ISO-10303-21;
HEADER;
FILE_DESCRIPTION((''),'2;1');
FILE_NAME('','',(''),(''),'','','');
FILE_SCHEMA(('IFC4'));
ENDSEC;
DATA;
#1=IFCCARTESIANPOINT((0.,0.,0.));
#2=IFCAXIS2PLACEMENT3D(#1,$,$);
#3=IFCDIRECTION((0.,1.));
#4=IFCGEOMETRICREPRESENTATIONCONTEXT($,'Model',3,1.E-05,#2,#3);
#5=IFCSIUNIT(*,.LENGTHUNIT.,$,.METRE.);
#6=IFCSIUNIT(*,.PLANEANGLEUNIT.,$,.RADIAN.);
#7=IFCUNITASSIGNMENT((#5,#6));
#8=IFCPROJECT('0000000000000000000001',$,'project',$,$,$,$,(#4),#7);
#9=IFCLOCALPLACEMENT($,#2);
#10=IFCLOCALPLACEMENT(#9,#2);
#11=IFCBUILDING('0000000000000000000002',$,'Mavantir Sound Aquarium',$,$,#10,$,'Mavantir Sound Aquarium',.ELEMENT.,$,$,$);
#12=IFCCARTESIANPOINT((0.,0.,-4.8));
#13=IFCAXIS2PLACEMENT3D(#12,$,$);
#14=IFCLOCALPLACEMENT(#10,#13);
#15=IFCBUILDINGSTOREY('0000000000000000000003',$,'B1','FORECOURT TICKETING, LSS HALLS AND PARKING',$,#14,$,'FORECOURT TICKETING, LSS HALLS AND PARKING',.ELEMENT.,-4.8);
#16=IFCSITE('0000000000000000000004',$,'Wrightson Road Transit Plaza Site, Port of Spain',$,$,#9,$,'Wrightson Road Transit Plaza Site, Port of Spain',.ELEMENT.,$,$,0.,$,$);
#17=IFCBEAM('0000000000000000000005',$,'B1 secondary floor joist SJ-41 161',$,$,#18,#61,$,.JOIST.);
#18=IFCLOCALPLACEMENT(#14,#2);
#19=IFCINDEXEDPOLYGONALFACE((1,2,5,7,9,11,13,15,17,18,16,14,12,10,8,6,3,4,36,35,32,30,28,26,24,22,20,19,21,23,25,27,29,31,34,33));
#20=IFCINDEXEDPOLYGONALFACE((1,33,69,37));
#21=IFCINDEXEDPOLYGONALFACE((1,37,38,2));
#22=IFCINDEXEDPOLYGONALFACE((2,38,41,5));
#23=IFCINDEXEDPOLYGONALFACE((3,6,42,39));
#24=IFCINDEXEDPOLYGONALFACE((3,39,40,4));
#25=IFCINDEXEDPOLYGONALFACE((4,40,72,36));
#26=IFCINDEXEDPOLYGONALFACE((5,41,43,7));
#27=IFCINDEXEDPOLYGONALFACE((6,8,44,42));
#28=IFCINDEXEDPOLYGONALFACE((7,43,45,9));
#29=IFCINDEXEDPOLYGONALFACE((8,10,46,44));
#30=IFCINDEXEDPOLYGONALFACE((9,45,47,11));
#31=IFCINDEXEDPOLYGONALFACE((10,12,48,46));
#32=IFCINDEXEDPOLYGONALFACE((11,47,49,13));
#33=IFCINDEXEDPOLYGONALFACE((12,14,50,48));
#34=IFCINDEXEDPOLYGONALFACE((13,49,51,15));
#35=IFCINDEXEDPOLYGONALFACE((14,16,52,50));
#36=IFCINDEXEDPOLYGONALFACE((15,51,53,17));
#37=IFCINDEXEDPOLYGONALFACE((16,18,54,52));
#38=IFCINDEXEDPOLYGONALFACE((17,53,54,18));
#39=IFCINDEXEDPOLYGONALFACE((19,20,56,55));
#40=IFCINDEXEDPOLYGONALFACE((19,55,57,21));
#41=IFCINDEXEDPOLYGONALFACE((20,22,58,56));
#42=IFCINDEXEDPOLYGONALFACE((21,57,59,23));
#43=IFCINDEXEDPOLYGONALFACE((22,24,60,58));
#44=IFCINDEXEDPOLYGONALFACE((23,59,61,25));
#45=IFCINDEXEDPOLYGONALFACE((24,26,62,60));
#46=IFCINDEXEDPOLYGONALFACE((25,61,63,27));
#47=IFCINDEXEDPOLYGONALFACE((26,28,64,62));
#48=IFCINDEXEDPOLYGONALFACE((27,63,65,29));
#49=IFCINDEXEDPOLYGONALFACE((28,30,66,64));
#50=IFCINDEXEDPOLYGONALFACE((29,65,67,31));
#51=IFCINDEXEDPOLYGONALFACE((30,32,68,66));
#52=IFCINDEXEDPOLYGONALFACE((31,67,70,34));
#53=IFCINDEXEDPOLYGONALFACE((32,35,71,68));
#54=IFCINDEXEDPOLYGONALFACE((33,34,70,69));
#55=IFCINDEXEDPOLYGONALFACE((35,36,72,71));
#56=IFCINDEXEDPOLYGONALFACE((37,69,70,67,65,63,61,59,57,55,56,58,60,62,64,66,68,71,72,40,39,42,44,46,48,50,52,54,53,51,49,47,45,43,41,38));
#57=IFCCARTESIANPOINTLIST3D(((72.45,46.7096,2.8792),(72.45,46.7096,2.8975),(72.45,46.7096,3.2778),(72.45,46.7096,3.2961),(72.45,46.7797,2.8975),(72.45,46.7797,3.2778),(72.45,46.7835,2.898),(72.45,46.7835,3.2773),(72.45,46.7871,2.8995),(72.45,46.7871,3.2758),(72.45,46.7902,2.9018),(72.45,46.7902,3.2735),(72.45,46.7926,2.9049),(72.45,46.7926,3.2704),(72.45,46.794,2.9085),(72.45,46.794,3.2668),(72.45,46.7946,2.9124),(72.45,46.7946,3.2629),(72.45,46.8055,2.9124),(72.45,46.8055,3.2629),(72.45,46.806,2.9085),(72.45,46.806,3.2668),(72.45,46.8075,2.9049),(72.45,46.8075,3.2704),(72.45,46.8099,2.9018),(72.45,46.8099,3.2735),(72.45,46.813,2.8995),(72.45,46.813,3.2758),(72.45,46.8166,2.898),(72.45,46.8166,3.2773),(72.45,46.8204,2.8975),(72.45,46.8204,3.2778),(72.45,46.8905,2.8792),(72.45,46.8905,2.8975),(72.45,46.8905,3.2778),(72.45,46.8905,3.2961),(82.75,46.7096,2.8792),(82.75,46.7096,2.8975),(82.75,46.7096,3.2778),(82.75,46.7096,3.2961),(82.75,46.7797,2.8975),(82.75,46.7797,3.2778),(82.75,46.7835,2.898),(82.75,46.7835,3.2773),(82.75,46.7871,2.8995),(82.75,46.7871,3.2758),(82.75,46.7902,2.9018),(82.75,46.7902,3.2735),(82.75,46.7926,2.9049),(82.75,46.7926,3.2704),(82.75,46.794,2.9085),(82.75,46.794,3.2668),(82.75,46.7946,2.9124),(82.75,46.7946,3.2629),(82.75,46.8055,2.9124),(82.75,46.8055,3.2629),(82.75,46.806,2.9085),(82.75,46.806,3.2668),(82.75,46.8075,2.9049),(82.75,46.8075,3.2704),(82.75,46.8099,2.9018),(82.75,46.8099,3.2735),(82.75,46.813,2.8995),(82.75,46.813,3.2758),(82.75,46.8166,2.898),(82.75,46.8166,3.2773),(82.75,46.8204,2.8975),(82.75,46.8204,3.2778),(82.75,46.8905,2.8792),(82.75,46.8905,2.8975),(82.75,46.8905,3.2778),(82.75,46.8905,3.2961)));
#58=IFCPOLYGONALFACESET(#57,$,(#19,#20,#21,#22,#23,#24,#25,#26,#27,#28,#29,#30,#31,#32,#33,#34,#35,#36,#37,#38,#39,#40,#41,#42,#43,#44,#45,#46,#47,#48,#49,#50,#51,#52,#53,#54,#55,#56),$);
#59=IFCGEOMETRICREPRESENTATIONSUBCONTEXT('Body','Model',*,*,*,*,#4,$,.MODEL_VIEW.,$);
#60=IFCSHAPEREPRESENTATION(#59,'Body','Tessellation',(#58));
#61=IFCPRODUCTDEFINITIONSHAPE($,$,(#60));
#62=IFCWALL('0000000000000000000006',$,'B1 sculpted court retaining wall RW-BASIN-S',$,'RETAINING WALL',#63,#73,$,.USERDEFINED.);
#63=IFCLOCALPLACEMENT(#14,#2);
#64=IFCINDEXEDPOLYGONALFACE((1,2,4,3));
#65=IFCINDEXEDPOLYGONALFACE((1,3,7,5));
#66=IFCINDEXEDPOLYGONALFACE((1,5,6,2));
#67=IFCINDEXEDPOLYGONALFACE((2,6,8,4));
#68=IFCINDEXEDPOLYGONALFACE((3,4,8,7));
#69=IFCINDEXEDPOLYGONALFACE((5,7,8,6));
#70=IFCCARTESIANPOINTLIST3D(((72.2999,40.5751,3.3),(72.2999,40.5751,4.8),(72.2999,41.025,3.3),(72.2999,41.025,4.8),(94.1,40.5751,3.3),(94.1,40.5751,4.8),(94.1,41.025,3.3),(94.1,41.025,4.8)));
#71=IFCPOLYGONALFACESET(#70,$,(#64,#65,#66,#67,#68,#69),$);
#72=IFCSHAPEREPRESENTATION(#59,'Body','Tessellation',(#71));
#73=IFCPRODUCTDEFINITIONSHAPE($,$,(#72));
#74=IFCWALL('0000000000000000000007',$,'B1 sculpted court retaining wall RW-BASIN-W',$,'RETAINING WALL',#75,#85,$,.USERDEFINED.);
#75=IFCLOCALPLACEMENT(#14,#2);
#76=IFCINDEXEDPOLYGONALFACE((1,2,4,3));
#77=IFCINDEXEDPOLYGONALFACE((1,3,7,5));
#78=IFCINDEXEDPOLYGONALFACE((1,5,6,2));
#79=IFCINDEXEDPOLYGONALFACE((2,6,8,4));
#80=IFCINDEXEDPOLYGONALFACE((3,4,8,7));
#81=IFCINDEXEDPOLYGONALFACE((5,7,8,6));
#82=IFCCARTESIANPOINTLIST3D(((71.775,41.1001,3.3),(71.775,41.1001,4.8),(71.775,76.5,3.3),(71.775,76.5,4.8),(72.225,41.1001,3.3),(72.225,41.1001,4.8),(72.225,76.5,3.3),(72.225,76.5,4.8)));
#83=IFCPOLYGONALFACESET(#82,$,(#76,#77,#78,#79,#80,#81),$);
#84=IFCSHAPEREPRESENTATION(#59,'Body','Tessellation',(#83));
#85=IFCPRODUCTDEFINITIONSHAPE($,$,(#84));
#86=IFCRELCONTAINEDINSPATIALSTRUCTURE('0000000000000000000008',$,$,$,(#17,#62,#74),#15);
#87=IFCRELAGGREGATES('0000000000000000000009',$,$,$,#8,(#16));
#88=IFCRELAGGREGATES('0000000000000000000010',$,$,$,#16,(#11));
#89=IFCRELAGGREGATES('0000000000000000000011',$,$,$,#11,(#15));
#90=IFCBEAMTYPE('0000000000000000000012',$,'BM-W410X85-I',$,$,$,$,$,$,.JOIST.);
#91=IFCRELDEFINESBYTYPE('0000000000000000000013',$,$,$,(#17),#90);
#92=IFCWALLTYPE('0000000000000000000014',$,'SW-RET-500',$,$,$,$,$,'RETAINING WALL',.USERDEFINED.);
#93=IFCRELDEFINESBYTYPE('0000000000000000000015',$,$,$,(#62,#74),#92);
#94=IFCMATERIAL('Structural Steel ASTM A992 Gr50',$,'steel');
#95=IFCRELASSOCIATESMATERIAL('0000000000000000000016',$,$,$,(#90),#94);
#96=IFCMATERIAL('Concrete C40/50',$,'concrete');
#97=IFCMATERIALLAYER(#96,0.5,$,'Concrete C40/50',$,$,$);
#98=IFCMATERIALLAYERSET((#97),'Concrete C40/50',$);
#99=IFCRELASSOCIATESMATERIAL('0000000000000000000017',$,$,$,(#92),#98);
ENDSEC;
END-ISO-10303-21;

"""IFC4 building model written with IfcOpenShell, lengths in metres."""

from ifc_helpers import new_model, si_unit, direction, frame, frame_2d, origin, origin_2d, place, context, subcontext, project, spatial, rectangle, i_section, extrude, material, layer, layer_set, material_profile, profile_set, type_object, element, save


model = new_model("IFC4")

# Units and contexts
model_context = context("Model", 3, precision=1e-05, world=origin(), true_north=direction((0.0, 1.0)))
body_context = subcontext(model_context, "Body", "Model", "MODEL_VIEW")
ifc_project = project(units=[si_unit("LENGTHUNIT", "METRE"), si_unit("PLANEANGLEUNIT", "RADIAN")], contexts=[model_context])

# Site, building, storey
site_placement = place(None, origin())
site = spatial("IfcSite", under=ifc_project, at=site_placement, Name="Wrightson Road Transit Plaza Site, Port of Spain", LongName="Wrightson Road Transit Plaza Site, Port of Spain", CompositionType="ELEMENT", RefElevation=0.0)
building_placement = place(site_placement, origin())
building = spatial("IfcBuilding", under=site, at=building_placement, Name="Mavantir Sound Aquarium", LongName="Mavantir Sound Aquarium", CompositionType="ELEMENT")
storey_placement = place(building_placement, frame((0.0, 0.0, -4.8)))
storey = spatial("IfcBuildingStorey", under=building, at=storey_placement, Name="B1", Description="FORECOURT TICKETING, LSS HALLS AND PARKING", LongName="FORECOURT TICKETING, LSS HALLS AND PARKING", CompositionType="ELEMENT", Elevation=-4.8)

# Shared definitions
ifc_material_1 = material(Name="Concrete C40/50", Category="concrete")

# Beam
ifc_material_2 = material(Name="Structural Steel ASTM A992 Gr50", Category="steel")
ifc_material_profile_1 = material_profile(ifc_material_2, i_section(OverallWidth=0.1809, OverallDepth=0.417, WebThickness=0.011, FlangeThickness=0.0183, FilletRadius=0.0149, at=origin_2d()), Name="W410X85")
ifc_profile_set_1 = profile_set([ifc_material_profile_1], Name="Structural Steel ASTM A992 Gr50")
beam_type_1 = type_object("IfcBeamType", Name="BM-W410X85-I", PredefinedType="JOIST", material=ifc_profile_set_1)
beam_1_placement = place(storey_placement, frame((72.45, 46.8, 3.0876), z_axis=(1.0, 0.0, 0.0), x_axis=(0.0, 1.0, 0.0)))
element("IfcBeam", 1, at=beam_1_placement, inside=storey, type_object=beam_type_1, Name="B1 secondary floor joist SJ-41 161", PredefinedType="JOIST", context=body_context, shape_type="SweptSolid", body=[
    extrude(i_section(OverallWidth=0.1809, OverallDepth=0.417, WebThickness=0.011, FlangeThickness=0.0183, FilletRadius=0.0149, at=origin_2d()), origin(), (0.0, 0.0, 1.0), 10.3),
])

# Walls
ifc_layer = layer(ifc_material_1, 0.5, Name="Concrete C40/50")
ifc_layer_set = layer_set([ifc_layer], Name="Concrete C40/50")
wall_type = type_object("IfcWallType", Name="SW-RET-500", ElementType="RETAINING WALL", PredefinedType="USERDEFINED", material=ifc_layer_set)
wall_1_placement = place(storey_placement, frame((72.3, 40.8, 3.3), z_axis=(0.0, 0.0, 1.0), x_axis=(1.0, 0.0, 0.0)))
element("IfcWall", 2, at=wall_1_placement, inside=storey, type_object=wall_type, Name="B1 sculpted court retaining wall RW-BASIN-S", ObjectType="RETAINING WALL", PredefinedType="USERDEFINED", context=body_context, shape_type="SweptSolid", body=[
    extrude(rectangle(XDim=21.8, YDim=0.45, at=frame_2d((10.8999, 0.0))), origin(), (0.0, 0.0, 1.0), 1.5),
])
wall_2_placement = place(storey_placement, frame((72.0, 41.1001, 3.3), z_axis=(0.0, 0.0, 1.0), x_axis=(0.0, 1.0, 0.0)))
element("IfcWall", 3, at=wall_2_placement, inside=storey, type_object=wall_type, Name="B1 sculpted court retaining wall RW-BASIN-W", ObjectType="RETAINING WALL", PredefinedType="USERDEFINED", context=body_context, shape_type="SweptSolid", body=[
    extrude(rectangle(XDim=35.3999, YDim=0.45, at=frame_2d((17.7, 0.0))), origin(), (0.0, 0.0, 1.0), 1.5),
])

save(model, "model.ifc")
